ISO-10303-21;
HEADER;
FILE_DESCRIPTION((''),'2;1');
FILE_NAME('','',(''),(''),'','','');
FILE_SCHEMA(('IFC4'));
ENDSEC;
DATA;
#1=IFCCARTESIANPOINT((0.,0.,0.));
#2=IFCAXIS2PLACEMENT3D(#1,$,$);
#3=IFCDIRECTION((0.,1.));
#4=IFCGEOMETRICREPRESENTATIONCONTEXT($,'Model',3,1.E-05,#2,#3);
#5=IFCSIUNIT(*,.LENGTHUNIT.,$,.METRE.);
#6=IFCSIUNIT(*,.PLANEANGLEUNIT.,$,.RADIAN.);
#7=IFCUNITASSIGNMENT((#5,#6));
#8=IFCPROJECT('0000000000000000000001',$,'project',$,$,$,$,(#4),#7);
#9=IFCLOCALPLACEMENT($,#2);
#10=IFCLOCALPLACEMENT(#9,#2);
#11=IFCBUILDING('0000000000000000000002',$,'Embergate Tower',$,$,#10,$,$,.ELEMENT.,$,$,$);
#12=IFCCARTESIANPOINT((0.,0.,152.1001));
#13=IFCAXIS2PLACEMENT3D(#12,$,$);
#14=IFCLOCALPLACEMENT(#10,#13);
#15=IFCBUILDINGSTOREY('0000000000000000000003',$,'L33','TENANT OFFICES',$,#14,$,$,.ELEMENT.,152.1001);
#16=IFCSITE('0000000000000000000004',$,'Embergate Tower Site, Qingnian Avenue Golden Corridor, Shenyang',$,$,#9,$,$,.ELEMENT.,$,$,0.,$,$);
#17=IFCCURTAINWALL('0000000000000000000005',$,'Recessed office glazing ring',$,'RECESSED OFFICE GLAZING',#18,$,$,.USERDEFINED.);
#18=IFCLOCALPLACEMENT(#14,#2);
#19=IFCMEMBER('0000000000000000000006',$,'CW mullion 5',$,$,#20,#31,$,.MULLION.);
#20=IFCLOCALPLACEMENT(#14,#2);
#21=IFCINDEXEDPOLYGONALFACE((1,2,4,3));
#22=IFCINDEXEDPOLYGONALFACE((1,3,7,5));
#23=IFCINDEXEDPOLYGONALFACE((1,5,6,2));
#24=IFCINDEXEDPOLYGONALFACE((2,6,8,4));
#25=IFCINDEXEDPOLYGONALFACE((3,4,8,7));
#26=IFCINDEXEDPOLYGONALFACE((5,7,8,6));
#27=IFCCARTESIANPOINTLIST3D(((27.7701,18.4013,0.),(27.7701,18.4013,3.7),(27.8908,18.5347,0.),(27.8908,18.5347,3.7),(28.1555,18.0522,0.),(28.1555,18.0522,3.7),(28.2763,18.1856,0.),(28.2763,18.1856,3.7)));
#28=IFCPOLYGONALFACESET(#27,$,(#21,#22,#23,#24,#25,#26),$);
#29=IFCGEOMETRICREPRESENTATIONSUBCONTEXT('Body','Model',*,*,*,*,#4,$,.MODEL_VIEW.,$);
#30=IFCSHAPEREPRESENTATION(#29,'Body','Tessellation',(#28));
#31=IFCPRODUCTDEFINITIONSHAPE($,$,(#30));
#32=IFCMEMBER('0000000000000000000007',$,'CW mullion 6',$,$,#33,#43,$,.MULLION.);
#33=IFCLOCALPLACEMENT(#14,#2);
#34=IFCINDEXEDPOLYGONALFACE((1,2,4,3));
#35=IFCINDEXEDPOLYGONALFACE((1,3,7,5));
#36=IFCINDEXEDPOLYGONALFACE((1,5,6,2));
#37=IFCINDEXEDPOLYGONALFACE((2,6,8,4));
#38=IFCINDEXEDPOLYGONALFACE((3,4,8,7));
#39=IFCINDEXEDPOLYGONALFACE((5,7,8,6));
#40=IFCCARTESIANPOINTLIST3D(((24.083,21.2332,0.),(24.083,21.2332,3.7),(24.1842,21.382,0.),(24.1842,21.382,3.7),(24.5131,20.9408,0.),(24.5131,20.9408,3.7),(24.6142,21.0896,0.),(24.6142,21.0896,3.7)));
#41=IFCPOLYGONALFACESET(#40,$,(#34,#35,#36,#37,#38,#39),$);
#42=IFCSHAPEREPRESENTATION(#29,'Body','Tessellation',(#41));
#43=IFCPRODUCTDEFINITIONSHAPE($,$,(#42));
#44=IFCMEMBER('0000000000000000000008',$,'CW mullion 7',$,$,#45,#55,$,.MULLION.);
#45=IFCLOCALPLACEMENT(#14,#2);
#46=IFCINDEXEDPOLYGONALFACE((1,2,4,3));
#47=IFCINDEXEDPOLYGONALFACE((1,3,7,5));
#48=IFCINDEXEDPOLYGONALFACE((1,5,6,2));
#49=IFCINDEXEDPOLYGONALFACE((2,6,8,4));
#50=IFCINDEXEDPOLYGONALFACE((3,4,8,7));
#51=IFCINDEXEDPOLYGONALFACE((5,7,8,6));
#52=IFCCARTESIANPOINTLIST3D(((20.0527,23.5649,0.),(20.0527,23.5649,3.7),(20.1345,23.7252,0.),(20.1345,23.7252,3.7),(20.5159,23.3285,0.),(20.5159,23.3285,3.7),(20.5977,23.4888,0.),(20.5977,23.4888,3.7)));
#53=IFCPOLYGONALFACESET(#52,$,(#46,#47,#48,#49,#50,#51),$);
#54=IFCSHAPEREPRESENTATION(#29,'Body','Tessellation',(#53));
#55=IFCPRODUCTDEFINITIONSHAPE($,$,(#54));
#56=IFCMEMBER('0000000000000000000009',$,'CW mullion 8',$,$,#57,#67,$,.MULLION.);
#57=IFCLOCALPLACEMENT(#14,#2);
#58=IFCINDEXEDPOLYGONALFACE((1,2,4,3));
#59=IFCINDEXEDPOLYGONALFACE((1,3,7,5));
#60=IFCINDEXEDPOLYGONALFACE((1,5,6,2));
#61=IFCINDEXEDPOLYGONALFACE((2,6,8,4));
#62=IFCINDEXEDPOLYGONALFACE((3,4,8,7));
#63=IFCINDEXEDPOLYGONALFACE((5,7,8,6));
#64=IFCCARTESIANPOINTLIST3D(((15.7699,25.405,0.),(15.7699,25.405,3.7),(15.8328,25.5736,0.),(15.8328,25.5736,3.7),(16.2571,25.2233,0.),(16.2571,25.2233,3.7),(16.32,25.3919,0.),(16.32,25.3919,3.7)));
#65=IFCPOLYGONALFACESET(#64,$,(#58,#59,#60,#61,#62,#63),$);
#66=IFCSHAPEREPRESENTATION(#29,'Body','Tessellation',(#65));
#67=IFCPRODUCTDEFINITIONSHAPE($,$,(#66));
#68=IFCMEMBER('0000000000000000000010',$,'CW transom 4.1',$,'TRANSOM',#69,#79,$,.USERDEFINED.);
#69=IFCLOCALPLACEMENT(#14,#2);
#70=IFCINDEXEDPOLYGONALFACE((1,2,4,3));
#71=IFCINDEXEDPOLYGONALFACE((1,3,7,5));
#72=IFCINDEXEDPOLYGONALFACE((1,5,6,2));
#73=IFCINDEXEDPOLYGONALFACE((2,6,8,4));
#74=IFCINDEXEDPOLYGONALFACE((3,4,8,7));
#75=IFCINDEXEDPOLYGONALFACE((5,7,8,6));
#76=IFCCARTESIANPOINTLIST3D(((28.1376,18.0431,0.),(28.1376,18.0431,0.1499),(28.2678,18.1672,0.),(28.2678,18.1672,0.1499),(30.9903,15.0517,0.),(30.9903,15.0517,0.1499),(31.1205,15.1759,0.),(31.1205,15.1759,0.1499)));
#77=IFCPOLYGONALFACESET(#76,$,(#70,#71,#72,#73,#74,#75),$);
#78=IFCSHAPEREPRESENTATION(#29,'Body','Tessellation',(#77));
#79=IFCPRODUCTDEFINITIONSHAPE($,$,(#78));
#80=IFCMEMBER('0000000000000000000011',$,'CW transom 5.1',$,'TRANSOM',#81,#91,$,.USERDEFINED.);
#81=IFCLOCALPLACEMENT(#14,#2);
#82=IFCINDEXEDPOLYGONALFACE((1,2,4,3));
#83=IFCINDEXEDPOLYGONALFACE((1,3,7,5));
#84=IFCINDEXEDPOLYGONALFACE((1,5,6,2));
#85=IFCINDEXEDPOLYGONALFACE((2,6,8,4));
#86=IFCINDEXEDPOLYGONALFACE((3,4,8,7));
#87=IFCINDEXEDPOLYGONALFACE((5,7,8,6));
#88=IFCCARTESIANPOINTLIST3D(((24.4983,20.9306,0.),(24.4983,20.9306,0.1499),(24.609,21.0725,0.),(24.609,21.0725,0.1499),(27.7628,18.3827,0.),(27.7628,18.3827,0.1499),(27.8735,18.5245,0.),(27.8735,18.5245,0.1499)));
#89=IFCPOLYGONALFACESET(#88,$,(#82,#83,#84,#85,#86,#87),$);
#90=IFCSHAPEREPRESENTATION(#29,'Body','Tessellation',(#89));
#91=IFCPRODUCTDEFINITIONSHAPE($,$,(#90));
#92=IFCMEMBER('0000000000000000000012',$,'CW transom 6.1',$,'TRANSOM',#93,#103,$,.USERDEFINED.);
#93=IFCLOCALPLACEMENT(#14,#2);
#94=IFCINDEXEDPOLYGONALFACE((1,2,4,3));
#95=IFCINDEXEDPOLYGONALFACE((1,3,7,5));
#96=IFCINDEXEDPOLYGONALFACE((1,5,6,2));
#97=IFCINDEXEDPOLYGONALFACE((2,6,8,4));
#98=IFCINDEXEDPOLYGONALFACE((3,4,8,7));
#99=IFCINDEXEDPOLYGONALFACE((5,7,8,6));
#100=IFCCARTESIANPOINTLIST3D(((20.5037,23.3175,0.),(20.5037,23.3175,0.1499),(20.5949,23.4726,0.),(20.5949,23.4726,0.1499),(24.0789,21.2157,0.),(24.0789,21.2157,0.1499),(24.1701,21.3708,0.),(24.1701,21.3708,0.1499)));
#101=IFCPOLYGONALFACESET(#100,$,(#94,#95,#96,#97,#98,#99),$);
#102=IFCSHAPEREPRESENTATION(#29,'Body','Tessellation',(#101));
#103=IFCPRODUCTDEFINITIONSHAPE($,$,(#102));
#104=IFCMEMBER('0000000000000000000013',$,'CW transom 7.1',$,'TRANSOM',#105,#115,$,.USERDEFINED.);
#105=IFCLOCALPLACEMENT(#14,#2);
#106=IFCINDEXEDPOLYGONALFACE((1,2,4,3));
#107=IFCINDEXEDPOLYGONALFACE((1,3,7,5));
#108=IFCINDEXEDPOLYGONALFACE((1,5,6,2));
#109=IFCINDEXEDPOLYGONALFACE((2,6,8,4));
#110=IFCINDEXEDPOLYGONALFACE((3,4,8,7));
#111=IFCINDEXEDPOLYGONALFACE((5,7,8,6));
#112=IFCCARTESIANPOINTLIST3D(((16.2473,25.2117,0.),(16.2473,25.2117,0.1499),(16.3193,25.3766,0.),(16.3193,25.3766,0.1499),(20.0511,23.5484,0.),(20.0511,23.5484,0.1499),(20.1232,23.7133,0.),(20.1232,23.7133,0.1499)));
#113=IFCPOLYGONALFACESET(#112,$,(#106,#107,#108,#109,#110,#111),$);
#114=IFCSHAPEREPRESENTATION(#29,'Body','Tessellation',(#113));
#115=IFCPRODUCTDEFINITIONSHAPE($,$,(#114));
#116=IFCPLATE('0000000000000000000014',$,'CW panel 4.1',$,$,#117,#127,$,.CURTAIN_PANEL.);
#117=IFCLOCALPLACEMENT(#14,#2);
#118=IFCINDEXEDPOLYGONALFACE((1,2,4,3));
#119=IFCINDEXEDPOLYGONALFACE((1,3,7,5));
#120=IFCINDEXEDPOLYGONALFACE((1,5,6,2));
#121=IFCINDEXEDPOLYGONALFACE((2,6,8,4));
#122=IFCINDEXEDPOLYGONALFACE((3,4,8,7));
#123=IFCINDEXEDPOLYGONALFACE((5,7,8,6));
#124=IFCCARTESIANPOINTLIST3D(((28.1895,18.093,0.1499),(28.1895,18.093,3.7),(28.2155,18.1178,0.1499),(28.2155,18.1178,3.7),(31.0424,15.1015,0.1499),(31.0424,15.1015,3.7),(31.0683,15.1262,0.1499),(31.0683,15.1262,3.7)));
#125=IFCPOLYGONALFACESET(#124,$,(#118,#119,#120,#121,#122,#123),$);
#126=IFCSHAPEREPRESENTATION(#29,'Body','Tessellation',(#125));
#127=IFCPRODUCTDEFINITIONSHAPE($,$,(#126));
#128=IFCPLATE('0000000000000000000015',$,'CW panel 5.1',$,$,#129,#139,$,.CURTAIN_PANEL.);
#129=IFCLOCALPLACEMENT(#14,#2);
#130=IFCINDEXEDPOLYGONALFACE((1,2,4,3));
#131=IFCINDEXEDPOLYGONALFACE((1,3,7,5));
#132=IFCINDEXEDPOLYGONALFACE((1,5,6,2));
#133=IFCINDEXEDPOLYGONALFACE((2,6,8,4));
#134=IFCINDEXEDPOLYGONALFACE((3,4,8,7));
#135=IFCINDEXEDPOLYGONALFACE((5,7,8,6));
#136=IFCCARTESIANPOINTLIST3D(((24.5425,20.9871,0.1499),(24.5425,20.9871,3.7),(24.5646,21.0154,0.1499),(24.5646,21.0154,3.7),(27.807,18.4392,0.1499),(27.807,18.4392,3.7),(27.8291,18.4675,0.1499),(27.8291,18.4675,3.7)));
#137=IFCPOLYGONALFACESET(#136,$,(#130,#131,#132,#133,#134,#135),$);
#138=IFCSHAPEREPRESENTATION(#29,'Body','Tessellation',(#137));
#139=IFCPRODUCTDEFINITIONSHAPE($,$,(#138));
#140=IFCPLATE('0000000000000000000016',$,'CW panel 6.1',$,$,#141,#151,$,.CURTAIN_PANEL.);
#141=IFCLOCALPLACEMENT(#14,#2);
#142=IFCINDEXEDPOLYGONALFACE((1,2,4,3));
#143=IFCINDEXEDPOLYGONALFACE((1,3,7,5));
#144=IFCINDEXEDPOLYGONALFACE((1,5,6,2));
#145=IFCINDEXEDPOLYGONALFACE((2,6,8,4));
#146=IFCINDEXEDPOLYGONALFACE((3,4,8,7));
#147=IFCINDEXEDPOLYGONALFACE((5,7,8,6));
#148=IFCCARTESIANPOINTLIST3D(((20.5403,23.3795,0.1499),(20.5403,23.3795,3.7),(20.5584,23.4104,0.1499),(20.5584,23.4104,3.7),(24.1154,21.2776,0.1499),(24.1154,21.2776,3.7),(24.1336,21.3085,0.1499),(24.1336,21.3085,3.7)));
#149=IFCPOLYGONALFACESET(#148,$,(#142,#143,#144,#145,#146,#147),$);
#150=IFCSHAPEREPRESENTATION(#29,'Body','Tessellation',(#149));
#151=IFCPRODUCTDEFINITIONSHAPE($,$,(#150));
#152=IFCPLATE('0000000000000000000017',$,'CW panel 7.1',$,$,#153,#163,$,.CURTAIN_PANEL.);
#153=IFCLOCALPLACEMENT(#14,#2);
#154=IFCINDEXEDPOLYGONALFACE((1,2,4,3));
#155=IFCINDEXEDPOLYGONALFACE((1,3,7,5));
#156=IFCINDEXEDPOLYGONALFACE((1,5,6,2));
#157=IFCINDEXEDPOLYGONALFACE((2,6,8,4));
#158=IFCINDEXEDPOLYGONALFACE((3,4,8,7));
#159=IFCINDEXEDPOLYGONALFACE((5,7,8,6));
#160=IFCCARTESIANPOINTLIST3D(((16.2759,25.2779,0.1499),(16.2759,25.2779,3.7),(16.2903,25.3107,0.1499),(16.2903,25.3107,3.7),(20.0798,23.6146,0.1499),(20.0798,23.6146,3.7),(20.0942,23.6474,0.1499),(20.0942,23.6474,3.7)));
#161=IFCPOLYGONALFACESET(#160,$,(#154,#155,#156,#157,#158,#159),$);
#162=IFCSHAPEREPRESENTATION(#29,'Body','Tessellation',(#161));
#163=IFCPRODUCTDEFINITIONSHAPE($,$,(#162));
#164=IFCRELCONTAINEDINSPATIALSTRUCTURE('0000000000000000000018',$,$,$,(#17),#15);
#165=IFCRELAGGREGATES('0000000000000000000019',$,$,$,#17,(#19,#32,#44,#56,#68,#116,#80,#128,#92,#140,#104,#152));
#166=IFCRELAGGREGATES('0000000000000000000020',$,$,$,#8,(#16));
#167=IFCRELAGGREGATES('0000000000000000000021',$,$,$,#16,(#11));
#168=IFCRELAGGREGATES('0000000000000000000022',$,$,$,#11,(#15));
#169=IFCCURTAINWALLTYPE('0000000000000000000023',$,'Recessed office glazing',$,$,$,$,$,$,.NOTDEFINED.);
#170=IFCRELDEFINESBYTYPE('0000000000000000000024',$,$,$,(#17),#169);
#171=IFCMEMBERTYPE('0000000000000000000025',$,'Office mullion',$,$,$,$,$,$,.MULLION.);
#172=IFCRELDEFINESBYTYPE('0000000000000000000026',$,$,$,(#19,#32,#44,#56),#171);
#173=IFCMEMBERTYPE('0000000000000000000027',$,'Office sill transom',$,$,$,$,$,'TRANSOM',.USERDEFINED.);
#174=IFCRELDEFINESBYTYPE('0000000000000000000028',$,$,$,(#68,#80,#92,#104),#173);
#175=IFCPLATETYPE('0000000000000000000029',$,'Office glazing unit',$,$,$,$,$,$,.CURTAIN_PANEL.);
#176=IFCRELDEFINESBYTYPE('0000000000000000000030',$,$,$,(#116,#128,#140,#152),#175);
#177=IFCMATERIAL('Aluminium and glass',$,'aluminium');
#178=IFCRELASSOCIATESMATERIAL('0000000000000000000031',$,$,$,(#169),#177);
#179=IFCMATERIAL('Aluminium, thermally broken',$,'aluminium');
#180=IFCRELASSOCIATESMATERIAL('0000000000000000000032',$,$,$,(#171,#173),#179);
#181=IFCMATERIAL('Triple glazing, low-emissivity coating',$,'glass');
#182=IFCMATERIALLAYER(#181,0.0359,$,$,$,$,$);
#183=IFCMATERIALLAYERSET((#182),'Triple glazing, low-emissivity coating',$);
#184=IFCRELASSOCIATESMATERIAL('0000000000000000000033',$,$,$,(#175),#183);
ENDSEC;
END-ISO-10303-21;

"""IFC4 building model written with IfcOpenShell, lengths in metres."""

from ifc_helpers import new_model, si_unit, direction, frame, origin, origin_2d, place, context, subcontext, project, spatial, rectangle, extrude, source, transform, mapped, material, layer, layer_set, material_profile, profile_set, type_object, element, aggregate, save


model = new_model("IFC4")

# Units and contexts
model_context = context("Model", 3, precision=1e-05, world=origin(), true_north=direction((0.0, 1.0)))
body_context = subcontext(model_context, "Body", "Model", "MODEL_VIEW")
ifc_project = project(units=[si_unit("LENGTHUNIT", "METRE"), si_unit("PLANEANGLEUNIT", "RADIAN")], contexts=[model_context])

# Site, building, storey
site_placement = place(None, origin())
site = spatial("IfcSite", under=ifc_project, at=site_placement, Name="Embergate Tower Site, Qingnian Avenue Golden Corridor, Shenyang", CompositionType="ELEMENT", RefElevation=0.0)
building_placement = place(site_placement, origin())
building = spatial("IfcBuilding", under=site, at=building_placement, Name="Embergate Tower", CompositionType="ELEMENT")
storey_placement = place(building_placement, frame((0.0, 0.0, 152.1001)))
storey = spatial("IfcBuildingStorey", under=building, at=storey_placement, Name="L33", Description="TENANT OFFICES", CompositionType="ELEMENT", Elevation=152.1001)

# Curtain wall, members, plates
ifc_material_1 = material(Name="Aluminium and glass", Category="aluminium")
curtain_wall_type = type_object("IfcCurtainWallType", Name="Recessed office glazing", PredefinedType="NOTDEFINED", material=ifc_material_1)
curtain_wall_placement = place(storey_placement, origin())
curtain_wall = element("IfcCurtainWall", 1, at=curtain_wall_placement, inside=storey, type_object=curtain_wall_type, Name="Recessed office glazing ring", ObjectType="RECESSED OFFICE GLAZING", PredefinedType="USERDEFINED")
ifc_material_2 = material(Name="Aluminium, thermally broken", Category="aluminium")
ifc_material_profile_1 = material_profile(ifc_material_2, rectangle(XDim=0.1799, YDim=0.52, at=origin_2d()), Name="AL 520x180")
ifc_profile_set_1 = profile_set([ifc_material_profile_1], Name="Aluminium, thermally broken")
member_type_1 = type_object("IfcMemberType", Name="Office mullion", PredefinedType="MULLION", material=ifc_profile_set_1)
shared_shape_1 = source(origin(), body_context, "Body", "SweptSolid", [
    extrude(rectangle(XDim=0.1799, YDim=0.52, at=origin_2d()), origin(), (0.0, 0.0, 1.0), 3.7),
])
member_1_placement = place(storey_placement, frame((28.0232, 18.2935, 0.0), z_axis=(0.0, 0.0, 1.0), x_axis=(-0.671227, -0.741252, 0.0)))
member_1 = element("IfcMember", 2, at=member_1_placement, type_object=member_type_1, Name="CW mullion 5", PredefinedType="MULLION", context=body_context, shape_type="MappedRepresentation", body=[
    mapped(shared_shape_1, transform((0.0, 0.0, 0.0))),
])
member_2_placement = place(storey_placement, frame((24.3486, 21.1614, 0.0), z_axis=(0.0, 0.0, 1.0), x_axis=(-0.562218, -0.826989, 0.0)))
member_2 = element("IfcMember", 3, at=member_2_placement, type_object=member_type_1, Name="CW mullion 6", PredefinedType="MULLION", context=body_context, shape_type="MappedRepresentation", body=[
    mapped(shared_shape_1, transform((0.0, 0.0, 0.0))),
])
member_3_placement = place(storey_placement, frame((20.3252, 23.5269, 0.0), z_axis=(0.0, 0.0, 1.0), x_axis=(-0.454511, -0.890741, 0.0)))
member_3 = element("IfcMember", 4, at=member_3_placement, type_object=member_type_1, Name="CW mullion 7", PredefinedType="MULLION", context=body_context, shape_type="MappedRepresentation", body=[
    mapped(shared_shape_1, transform((0.0, 0.0, 0.0))),
])
member_4_placement = place(storey_placement, frame((16.0449, 25.3984, 0.0), z_axis=(0.0, 0.0, 1.0), x_axis=(-0.349503, -0.936935, 0.0)))
member_4 = element("IfcMember", 5, at=member_4_placement, type_object=member_type_1, Name="CW mullion 8", PredefinedType="MULLION", context=body_context, shape_type="MappedRepresentation", body=[
    mapped(shared_shape_1, transform((0.0, 0.0, 0.0))),
])
ifc_material_profile_2 = material_profile(ifc_material_2, rectangle(XDim=0.1799, YDim=0.1499, at=origin_2d()), Name="AL 150x180")
ifc_profile_set_2 = profile_set([ifc_material_profile_2], Name="Aluminium, thermally broken")
member_type_2 = type_object("IfcMemberType", Name="Office sill transom", ElementType="TRANSOM", PredefinedType="USERDEFINED", material=ifc_profile_set_2)
shared_shape_2 = source(origin(), body_context, "Body", "SweptSolid", [
    extrude(rectangle(XDim=0.1799, YDim=0.1499, at=origin_2d()), origin(), (0.0, 0.0, 1.0), 4.1335),
])
member_5_placement = place(storey_placement, frame((31.0554, 15.1138, 0.075), z_axis=(-0.690134, 0.723681, 0.0), x_axis=(-0.723681, -0.690134, 0.0)))
member_5 = element("IfcMember", 6, at=member_5_placement, type_object=member_type_2, Name="CW transom 4.1", ObjectType="TRANSOM", PredefinedType="USERDEFINED", context=body_context, shape_type="MappedRepresentation", body=[
    mapped(shared_shape_2, transform((0.0, 0.0, 0.0))),
])
shared_shape_3 = source(origin(), body_context, "Body", "SweptSolid", [
    extrude(rectangle(XDim=0.1799, YDim=0.1499, at=origin_2d()), origin(), (0.0, 0.0, 1.0), 4.1411),
])
member_6_placement = place(storey_placement, frame((27.8181, 18.4536, 0.075), z_axis=(-0.788313, 0.615274, 0.0), x_axis=(-0.615274, -0.788313, 0.0)))
member_6 = element("IfcMember", 7, at=member_6_placement, type_object=member_type_2, Name="CW transom 5.1", ObjectType="TRANSOM", PredefinedType="USERDEFINED", context=body_context, shape_type="MappedRepresentation", body=[
    mapped(shared_shape_3, transform((0.0, 0.0, 0.0))),
])
shared_shape_4 = source(origin(), body_context, "Body", "SweptSolid", [
    extrude(rectangle(XDim=0.1799, YDim=0.1499, at=origin_2d()), origin(), (0.0, 0.0, 1.0), 4.1472),
])
member_7_placement = place(storey_placement, frame((24.1245, 21.2932, 0.075), z_axis=(-0.862066, 0.506796, 0.0), x_axis=(-0.506796, -0.862066, 0.0)))
member_7 = element("IfcMember", 8, at=member_7_placement, type_object=member_type_2, Name="CW transom 6.1", ObjectType="TRANSOM", PredefinedType="USERDEFINED", context=body_context, shape_type="MappedRepresentation", body=[
    mapped(shared_shape_4, transform((0.0, 0.0, 0.0))),
])
shared_shape_5 = source(origin(), body_context, "Body", "SweptSolid", [
    extrude(rectangle(XDim=0.1799, YDim=0.1499, at=origin_2d()), origin(), (0.0, 0.0, 1.0), 4.1516),
])
member_8_placement = place(storey_placement, frame((20.0872, 23.6309, 0.075), z_axis=(-0.916237, 0.400637, 0.0), x_axis=(-0.400637, -0.916237, 0.0)))
member_8 = element("IfcMember", 9, at=member_8_placement, type_object=member_type_2, Name="CW transom 7.1", ObjectType="TRANSOM", PredefinedType="USERDEFINED", context=body_context, shape_type="MappedRepresentation", body=[
    mapped(shared_shape_5, transform((0.0, 0.0, 0.0))),
])
ifc_material_3 = material(Name="Triple glazing, low-emissivity coating", Category="glass")
ifc_layer = layer(ifc_material_3, 0.0359)
ifc_layer_set = layer_set([ifc_layer], Name="Triple glazing, low-emissivity coating")
plate_type = type_object("IfcPlateType", Name="Office glazing unit", PredefinedType="CURTAIN_PANEL", material=ifc_layer_set)
shared_shape_6 = source(origin(), body_context, "Body", "SweptSolid", [
    extrude(rectangle(XDim=4.1338, YDim=0.0359, at=origin_2d()), origin(), (0.0, 0.0, 1.0), 3.55),
])
plate_1_placement = place(storey_placement, frame((29.6289, 16.6096, 0.1499), z_axis=(0.0, 0.0, 1.0), x_axis=(-0.690135, 0.723681, 0.0)))
plate_1 = element("IfcPlate", 10, at=plate_1_placement, type_object=plate_type, Name="CW panel 4.1", PredefinedType="CURTAIN_PANEL", context=body_context, shape_type="MappedRepresentation", body=[
    mapped(shared_shape_6, transform((0.0, 0.0, 0.0))),
])
shared_shape_7 = source(origin(), body_context, "Body", "SweptSolid", [
    extrude(rectangle(XDim=4.1411, YDim=0.0359, at=origin_2d()), origin(), (0.0, 0.0, 1.0), 3.55),
])
plate_2_placement = place(storey_placement, frame((26.1858, 19.7273, 0.1499), z_axis=(0.0, 0.0, 1.0), x_axis=(-0.78832, 0.615265, 0.0)))
plate_2 = element("IfcPlate", 11, at=plate_2_placement, type_object=plate_type, Name="CW panel 5.1", PredefinedType="CURTAIN_PANEL", context=body_context, shape_type="MappedRepresentation", body=[
    mapped(shared_shape_7, transform((0.0, 0.0, 0.0))),
])
shared_shape_8 = source(origin(), body_context, "Body", "SweptSolid", [
    extrude(rectangle(XDim=4.1472, YDim=0.0359, at=origin_2d()), origin(), (0.0, 0.0, 1.0), 3.55),
])
plate_3_placement = place(storey_placement, frame((22.3369, 22.344, 0.1499), z_axis=(0.0, 0.0, 1.0), x_axis=(-0.862053, 0.506818, 0.0)))
plate_3 = element("IfcPlate", 12, at=plate_3_placement, type_object=plate_type, Name="CW panel 6.1", PredefinedType="CURTAIN_PANEL", context=body_context, shape_type="MappedRepresentation", body=[
    mapped(shared_shape_8, transform((0.0, 0.0, 0.0))),
])
shared_shape_9 = source(origin(), body_context, "Body", "SweptSolid", [
    extrude(rectangle(XDim=4.1516, YDim=0.0359, at=origin_2d()), origin(), (0.0, 0.0, 1.0), 3.55),
])
plate_4_placement = place(storey_placement, frame((18.1851, 24.4626, 0.1499), z_axis=(0.0, 0.0, 1.0), x_axis=(-0.916236, 0.400638, 0.0)))
plate_4 = element("IfcPlate", 13, at=plate_4_placement, type_object=plate_type, Name="CW panel 7.1", PredefinedType="CURTAIN_PANEL", context=body_context, shape_type="MappedRepresentation", body=[
    mapped(shared_shape_9, transform((0.0, 0.0, 0.0))),
])
aggregate(curtain_wall, [member_1, member_2, member_3, member_4, member_5, plate_1, member_6, plate_2, member_7, plate_3, member_8, plate_4])

save(model, "model.ifc")
